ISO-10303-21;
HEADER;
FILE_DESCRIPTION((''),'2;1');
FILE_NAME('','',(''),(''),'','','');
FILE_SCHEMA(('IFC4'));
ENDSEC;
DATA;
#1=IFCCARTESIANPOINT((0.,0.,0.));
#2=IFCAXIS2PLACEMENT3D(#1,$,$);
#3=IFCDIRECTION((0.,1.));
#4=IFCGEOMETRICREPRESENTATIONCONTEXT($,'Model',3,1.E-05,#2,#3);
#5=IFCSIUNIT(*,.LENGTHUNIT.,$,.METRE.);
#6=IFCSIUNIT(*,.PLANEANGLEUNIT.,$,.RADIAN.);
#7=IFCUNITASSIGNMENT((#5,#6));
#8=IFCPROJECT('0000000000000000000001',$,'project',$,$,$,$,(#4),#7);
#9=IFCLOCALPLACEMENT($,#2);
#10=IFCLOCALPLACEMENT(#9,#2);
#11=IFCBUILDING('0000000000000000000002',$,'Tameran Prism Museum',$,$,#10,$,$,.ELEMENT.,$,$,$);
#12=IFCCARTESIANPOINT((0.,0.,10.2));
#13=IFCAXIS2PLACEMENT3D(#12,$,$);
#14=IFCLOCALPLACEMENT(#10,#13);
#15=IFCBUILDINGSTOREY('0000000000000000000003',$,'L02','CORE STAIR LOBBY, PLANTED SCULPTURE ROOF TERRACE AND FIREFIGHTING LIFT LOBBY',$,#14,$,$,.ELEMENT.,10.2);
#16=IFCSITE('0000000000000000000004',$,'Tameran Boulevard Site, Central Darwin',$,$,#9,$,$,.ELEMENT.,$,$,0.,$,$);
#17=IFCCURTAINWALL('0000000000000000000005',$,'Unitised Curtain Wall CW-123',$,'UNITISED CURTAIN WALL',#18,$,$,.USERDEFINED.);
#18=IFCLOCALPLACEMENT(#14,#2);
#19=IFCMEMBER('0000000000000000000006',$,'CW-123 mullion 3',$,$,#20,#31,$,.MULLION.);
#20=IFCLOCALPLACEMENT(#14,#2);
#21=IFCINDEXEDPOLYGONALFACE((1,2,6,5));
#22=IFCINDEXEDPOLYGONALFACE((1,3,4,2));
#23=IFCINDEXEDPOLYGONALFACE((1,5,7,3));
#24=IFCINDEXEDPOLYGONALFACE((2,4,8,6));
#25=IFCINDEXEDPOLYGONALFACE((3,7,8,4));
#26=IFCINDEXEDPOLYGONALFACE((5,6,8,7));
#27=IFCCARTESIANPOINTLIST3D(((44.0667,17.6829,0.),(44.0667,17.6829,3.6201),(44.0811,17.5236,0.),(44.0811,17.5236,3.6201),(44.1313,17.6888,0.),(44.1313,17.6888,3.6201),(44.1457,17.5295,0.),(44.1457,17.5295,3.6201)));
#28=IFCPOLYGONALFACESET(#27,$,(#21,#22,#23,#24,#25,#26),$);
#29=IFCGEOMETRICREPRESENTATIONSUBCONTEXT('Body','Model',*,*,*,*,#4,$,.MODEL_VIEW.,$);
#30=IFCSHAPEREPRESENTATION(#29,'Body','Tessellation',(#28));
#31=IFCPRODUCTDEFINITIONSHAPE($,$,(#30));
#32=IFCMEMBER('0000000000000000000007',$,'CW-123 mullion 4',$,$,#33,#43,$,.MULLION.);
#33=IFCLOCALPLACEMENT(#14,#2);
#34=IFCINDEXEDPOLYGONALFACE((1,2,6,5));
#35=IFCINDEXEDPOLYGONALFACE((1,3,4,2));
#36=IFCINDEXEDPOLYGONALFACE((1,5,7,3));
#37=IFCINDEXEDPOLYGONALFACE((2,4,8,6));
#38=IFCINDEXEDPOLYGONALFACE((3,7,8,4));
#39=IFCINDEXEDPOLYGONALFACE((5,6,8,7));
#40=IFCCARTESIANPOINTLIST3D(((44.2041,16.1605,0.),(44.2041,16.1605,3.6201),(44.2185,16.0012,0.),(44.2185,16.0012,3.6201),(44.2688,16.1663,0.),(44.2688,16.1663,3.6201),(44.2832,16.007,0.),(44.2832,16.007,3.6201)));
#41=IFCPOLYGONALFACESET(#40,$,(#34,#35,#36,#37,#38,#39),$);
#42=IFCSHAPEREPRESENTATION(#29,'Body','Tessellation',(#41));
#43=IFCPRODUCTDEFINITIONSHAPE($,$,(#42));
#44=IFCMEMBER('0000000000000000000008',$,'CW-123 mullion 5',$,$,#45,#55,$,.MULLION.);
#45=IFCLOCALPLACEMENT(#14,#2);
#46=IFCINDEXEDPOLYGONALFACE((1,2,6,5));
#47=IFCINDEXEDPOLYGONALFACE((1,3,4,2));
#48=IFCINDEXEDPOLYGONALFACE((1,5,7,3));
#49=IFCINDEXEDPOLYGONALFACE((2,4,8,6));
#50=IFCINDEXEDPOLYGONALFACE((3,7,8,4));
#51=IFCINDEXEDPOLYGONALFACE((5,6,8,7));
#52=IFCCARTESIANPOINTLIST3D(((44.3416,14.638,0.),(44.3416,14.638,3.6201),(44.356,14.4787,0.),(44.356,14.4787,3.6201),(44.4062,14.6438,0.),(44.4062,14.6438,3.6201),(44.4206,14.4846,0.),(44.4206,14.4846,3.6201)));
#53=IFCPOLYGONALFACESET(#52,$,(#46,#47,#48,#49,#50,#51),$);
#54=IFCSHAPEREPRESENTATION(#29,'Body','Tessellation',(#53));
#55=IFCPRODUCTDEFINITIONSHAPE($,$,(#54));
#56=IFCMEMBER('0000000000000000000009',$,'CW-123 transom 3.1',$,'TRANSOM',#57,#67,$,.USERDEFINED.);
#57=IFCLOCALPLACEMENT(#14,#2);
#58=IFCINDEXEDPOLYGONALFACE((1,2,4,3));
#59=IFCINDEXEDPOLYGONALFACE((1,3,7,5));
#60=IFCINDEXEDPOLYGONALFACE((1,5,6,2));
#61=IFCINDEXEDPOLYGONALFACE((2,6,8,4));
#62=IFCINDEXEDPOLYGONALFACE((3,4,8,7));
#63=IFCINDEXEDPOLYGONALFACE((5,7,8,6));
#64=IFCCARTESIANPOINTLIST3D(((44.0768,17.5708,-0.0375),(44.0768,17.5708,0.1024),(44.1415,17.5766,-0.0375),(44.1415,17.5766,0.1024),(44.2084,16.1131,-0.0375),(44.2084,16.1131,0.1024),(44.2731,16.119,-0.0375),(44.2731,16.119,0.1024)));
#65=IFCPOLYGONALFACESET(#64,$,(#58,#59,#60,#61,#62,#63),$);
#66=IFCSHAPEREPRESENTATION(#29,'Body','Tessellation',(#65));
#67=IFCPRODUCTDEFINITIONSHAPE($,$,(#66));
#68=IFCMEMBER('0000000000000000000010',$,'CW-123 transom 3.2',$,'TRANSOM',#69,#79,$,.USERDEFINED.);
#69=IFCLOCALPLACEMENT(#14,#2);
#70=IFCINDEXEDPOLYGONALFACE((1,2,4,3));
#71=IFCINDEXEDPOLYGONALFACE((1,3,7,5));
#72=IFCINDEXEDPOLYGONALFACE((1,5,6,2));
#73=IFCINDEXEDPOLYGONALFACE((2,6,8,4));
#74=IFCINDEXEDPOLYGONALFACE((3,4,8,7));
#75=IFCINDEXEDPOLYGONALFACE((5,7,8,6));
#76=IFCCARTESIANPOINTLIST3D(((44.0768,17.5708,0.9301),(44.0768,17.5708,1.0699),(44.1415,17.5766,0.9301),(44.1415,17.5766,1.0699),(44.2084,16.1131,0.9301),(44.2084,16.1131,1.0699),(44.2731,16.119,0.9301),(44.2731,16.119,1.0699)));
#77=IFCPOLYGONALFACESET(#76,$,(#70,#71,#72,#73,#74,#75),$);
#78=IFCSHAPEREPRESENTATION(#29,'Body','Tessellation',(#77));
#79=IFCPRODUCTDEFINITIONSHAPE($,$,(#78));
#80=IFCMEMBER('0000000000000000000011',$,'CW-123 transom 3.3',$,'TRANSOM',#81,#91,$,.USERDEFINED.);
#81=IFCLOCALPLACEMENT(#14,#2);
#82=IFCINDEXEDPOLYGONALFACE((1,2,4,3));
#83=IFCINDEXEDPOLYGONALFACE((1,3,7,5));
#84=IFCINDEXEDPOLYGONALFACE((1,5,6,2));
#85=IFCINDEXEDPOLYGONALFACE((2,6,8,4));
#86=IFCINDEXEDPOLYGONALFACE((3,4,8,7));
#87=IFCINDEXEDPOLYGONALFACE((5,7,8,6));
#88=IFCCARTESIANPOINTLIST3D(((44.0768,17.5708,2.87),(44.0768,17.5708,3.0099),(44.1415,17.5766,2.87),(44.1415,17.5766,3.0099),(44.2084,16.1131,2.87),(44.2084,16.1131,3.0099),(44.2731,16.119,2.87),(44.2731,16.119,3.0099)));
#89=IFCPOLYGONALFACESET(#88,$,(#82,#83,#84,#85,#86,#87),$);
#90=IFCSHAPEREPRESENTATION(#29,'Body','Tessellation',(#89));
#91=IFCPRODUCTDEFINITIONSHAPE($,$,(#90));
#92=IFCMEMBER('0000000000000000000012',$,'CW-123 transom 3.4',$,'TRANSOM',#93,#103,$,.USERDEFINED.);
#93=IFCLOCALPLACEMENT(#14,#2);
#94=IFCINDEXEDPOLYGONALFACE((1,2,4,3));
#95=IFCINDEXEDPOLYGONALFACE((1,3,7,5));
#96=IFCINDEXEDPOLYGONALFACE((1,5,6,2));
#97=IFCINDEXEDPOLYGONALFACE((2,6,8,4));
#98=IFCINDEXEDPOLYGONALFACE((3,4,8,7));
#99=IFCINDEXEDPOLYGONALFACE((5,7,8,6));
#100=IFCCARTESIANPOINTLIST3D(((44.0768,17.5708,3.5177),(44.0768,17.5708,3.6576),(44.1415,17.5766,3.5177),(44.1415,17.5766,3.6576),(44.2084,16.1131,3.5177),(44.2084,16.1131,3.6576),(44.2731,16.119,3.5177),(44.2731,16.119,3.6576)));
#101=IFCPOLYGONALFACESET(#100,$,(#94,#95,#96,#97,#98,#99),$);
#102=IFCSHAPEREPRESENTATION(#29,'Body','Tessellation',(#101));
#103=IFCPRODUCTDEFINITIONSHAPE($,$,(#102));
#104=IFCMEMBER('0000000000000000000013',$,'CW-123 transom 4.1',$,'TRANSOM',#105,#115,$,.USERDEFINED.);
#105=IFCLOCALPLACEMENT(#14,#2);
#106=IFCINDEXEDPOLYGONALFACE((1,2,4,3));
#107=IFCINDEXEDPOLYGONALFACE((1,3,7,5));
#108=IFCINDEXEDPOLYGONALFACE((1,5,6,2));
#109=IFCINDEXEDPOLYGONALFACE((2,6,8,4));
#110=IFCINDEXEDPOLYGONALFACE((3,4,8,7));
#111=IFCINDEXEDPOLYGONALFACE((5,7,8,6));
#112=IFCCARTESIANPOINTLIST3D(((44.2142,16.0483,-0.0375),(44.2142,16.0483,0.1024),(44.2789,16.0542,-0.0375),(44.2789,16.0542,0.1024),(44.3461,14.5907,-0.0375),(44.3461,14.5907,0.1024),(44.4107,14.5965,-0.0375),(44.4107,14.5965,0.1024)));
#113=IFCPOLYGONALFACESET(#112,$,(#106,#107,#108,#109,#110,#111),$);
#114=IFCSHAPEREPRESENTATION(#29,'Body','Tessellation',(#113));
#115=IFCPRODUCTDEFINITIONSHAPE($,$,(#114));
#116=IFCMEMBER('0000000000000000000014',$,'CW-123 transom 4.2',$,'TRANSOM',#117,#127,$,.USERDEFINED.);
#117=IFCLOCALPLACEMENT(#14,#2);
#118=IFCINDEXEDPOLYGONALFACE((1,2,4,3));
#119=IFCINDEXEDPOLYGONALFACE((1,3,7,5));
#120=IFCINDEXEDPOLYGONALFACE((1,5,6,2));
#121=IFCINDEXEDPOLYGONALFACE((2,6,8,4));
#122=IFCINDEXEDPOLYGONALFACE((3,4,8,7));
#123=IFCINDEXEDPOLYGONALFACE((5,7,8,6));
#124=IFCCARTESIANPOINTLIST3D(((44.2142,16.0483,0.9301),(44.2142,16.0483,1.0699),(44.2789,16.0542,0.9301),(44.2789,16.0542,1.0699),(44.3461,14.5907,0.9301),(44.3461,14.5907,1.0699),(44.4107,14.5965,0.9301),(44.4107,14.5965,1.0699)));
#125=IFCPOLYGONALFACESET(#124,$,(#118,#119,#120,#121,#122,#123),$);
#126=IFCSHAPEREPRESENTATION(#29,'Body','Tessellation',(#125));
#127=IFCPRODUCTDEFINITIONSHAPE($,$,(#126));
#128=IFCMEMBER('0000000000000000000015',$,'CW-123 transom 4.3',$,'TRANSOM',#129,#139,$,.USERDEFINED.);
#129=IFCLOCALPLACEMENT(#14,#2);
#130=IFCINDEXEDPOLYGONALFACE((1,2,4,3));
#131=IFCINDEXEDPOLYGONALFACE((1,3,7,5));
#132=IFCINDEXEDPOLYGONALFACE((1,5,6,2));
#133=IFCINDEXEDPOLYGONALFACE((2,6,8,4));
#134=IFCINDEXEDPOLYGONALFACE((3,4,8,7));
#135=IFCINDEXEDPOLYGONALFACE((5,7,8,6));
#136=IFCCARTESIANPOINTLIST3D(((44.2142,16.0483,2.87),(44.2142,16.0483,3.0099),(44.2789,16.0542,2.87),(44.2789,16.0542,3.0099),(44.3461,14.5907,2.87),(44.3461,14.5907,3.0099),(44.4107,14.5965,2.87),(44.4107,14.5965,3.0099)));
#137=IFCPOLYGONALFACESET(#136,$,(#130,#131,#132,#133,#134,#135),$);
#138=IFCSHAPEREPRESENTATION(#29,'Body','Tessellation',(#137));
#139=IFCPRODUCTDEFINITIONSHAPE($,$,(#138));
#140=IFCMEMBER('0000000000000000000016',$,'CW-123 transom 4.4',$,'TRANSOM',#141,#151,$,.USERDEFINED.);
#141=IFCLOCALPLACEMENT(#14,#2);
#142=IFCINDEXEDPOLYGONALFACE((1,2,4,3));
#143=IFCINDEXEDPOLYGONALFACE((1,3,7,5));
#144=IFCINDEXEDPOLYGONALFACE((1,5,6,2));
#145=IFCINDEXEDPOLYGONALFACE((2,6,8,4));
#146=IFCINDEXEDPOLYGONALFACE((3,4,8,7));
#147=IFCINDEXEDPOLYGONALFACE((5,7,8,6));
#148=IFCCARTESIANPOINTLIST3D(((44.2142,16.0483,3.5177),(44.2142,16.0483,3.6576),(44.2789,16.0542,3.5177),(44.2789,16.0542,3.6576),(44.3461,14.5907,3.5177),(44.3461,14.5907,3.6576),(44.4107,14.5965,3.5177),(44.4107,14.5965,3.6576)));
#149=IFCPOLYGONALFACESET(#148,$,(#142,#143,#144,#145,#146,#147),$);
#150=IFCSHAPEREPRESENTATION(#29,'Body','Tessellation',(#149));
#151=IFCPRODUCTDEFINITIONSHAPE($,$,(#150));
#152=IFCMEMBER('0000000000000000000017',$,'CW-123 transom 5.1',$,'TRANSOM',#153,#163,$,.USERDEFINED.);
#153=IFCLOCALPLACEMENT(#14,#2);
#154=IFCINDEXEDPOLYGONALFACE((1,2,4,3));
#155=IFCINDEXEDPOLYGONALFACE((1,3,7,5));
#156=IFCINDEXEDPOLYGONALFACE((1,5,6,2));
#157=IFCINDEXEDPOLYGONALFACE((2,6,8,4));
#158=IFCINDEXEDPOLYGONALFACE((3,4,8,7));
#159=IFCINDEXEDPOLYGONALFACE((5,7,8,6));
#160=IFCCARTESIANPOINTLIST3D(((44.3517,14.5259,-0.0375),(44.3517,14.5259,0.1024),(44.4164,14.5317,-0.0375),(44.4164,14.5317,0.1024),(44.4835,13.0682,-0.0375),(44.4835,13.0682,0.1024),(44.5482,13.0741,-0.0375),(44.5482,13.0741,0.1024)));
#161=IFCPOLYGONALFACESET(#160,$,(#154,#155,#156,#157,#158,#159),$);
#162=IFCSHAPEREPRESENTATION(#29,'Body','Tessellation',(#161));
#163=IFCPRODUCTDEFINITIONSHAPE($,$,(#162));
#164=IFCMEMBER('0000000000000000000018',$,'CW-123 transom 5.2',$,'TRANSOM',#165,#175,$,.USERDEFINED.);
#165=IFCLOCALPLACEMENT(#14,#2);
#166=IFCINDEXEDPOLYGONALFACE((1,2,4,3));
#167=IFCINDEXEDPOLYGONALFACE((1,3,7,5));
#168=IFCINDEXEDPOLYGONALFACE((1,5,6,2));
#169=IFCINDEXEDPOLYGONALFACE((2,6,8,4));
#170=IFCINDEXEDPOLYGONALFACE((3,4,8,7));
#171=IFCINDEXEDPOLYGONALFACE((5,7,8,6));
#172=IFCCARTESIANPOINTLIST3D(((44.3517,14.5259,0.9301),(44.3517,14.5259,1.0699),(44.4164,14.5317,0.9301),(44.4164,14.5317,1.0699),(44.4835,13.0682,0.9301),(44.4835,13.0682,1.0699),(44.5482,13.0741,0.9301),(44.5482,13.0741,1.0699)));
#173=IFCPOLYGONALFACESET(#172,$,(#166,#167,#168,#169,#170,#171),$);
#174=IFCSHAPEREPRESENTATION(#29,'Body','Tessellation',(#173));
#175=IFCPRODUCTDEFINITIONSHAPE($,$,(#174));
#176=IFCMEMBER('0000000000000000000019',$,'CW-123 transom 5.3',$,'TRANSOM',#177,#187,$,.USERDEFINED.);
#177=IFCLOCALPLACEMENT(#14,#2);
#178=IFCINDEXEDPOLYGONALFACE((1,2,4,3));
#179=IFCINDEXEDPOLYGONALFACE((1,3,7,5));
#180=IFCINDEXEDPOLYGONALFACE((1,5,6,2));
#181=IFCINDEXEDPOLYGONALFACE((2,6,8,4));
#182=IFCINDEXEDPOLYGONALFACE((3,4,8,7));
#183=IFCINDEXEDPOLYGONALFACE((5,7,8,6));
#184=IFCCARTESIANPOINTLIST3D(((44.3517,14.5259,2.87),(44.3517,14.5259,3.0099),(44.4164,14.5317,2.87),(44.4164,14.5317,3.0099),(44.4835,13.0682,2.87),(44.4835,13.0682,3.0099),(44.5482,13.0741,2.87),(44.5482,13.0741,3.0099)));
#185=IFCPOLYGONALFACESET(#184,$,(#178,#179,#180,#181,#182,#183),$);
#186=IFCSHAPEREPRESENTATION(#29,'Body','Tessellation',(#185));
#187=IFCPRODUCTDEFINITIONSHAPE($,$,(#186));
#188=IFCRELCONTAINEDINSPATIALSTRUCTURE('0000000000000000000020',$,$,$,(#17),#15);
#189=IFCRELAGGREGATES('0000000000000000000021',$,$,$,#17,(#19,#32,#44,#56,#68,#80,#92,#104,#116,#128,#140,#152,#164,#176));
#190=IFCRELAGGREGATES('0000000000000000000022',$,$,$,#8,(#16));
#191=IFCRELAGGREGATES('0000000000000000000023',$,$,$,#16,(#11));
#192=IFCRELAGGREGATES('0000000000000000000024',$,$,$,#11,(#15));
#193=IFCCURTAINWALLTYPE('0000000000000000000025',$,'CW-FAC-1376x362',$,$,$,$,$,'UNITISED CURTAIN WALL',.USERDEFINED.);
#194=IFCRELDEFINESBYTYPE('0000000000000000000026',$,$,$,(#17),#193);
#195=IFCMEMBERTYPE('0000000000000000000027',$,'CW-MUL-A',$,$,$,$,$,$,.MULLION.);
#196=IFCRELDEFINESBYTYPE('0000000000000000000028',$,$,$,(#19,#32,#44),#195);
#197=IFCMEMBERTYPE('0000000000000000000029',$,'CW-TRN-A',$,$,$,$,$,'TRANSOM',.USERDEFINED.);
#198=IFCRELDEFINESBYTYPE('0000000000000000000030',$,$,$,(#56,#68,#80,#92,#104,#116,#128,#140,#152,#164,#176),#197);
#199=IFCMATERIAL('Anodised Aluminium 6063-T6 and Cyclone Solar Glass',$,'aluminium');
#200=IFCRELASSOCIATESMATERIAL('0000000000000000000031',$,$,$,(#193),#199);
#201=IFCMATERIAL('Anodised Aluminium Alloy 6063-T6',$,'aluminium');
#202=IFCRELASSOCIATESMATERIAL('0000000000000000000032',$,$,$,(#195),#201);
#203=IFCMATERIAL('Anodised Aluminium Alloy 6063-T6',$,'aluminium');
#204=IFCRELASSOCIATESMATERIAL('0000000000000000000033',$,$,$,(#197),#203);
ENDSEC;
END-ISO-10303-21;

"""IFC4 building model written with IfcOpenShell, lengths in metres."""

from ifc_helpers import new_model, si_unit, direction, frame, origin, origin_2d, place, context, subcontext, project, spatial, rectangle, extrude, material, material_profile, profile_set, type_object, element, aggregate, save


model = new_model("IFC4")

# Units and contexts
model_context = context("Model", 3, precision=1e-05, world=origin(), true_north=direction((0.0, 1.0)))
body_context = subcontext(model_context, "Body", "Model", "MODEL_VIEW")
ifc_project = project(units=[si_unit("LENGTHUNIT", "METRE"), si_unit("PLANEANGLEUNIT", "RADIAN")], contexts=[model_context])

# Site, building, storey
site_placement = place(None, origin())
site = spatial("IfcSite", under=ifc_project, at=site_placement, Name="Tameran Boulevard Site, Central Darwin", CompositionType="ELEMENT", RefElevation=0.0)
building_placement = place(site_placement, origin())
building = spatial("IfcBuilding", under=site, at=building_placement, Name="Tameran Prism Museum", CompositionType="ELEMENT")
storey_placement = place(building_placement, frame((0.0, 0.0, 10.2)))
storey = spatial("IfcBuildingStorey", under=building, at=storey_placement, Name="L02", Description="CORE STAIR LOBBY, PLANTED SCULPTURE ROOF TERRACE AND FIREFIGHTING LIFT LOBBY", CompositionType="ELEMENT", Elevation=10.2)

# Curtain wall, members
ifc_material_1 = material(Name="Anodised Aluminium 6063-T6 and Cyclone Solar Glass", Category="aluminium")
curtain_wall_type = type_object("IfcCurtainWallType", Name="CW-FAC-1376x362", ElementType="UNITISED CURTAIN WALL", PredefinedType="USERDEFINED", material=ifc_material_1)
curtain_wall_placement = place(storey_placement, origin())
curtain_wall = element("IfcCurtainWall", 1, at=curtain_wall_placement, inside=storey, type_object=curtain_wall_type, Name="Unitised Curtain Wall CW-123", ObjectType="UNITISED CURTAIN WALL", PredefinedType="USERDEFINED")
ifc_material_2 = material(Name="Anodised Aluminium Alloy 6063-T6", Category="aluminium")
ifc_material_profile_1 = material_profile(ifc_material_2, rectangle(XDim=0.0649, YDim=0.1599, at=origin_2d()))
ifc_profile_set_1 = profile_set([ifc_material_profile_1])
member_type_1 = type_object("IfcMemberType", Name="CW-MUL-A", PredefinedType="MULLION", material=ifc_profile_set_1)
member_1_placement = place(storey_placement, frame((44.1062, 17.6062, 0.0), z_axis=(0.0, 0.0, 1.0), x_axis=(0.995943, 0.089985, 0.0)))
member_1 = element("IfcMember", 2, at=member_1_placement, type_object=member_type_1, Name="CW-123 mullion 3", PredefinedType="MULLION", context=body_context, shape_type="SweptSolid", body=[
    extrude(rectangle(XDim=0.0649, YDim=0.1599, at=origin_2d()), origin(), (0.0, 0.0, 1.0), 3.6201),
])
member_2_placement = place(storey_placement, frame((44.2437, 16.0837, 0.0), z_axis=(0.0, 0.0, 1.0), x_axis=(0.995943, 0.089985, 0.0)))
member_2 = element("IfcMember", 3, at=member_2_placement, type_object=member_type_1, Name="CW-123 mullion 4", PredefinedType="MULLION", context=body_context, shape_type="SweptSolid", body=[
    extrude(rectangle(XDim=0.0649, YDim=0.1599, at=origin_2d()), origin(), (0.0, 0.0, 1.0), 3.6201),
])
member_3_placement = place(storey_placement, frame((44.3811, 14.5613, 0.0), z_axis=(0.0, 0.0, 1.0), x_axis=(0.995943, 0.089985, 0.0)))
member_3 = element("IfcMember", 4, at=member_3_placement, type_object=member_type_1, Name="CW-123 mullion 5", PredefinedType="MULLION", context=body_context, shape_type="SweptSolid", body=[
    extrude(rectangle(XDim=0.0649, YDim=0.1599, at=origin_2d()), origin(), (0.0, 0.0, 1.0), 3.6201),
])
ifc_material_3 = material(Name="Anodised Aluminium Alloy 6063-T6", Category="aluminium")
ifc_material_profile_2 = material_profile(ifc_material_3, rectangle(XDim=0.0649, YDim=0.1399, at=origin_2d()))
ifc_profile_set_2 = profile_set([ifc_material_profile_2])
member_type_2 = type_object("IfcMemberType", Name="CW-TRN-A", ElementType="TRANSOM", PredefinedType="USERDEFINED", material=ifc_profile_set_2)
member_4_placement = place(storey_placement, frame((44.1091, 17.5737, 0.0325), z_axis=(0.089904, -0.99595, 0.0), x_axis=(0.99595, 0.089904, 0.0)))
member_4 = element("IfcMember", 5, at=member_4_placement, type_object=member_type_2, Name="CW-123 transom 3.1", ObjectType="TRANSOM", PredefinedType="USERDEFINED", context=body_context, shape_type="SweptSolid", body=[
    extrude(rectangle(XDim=0.0649, YDim=0.1399, at=origin_2d()), origin(), (0.0, 0.0, 1.0), 1.4636),
])
member_5_placement = place(storey_placement, frame((44.1091, 17.5737, 1.0), z_axis=(0.089904, -0.99595, 0.0), x_axis=(0.99595, 0.089904, 0.0)))
member_5 = element("IfcMember", 6, at=member_5_placement, type_object=member_type_2, Name="CW-123 transom 3.2", ObjectType="TRANSOM", PredefinedType="USERDEFINED", context=body_context, shape_type="SweptSolid", body=[
    extrude(rectangle(XDim=0.0649, YDim=0.1399, at=origin_2d()), origin(), (0.0, 0.0, 1.0), 1.4636),
])
member_6_placement = place(storey_placement, frame((44.1091, 17.5737, 2.9399), z_axis=(0.089904, -0.99595, 0.0), x_axis=(0.99595, 0.089904, 0.0)))
member_6 = element("IfcMember", 7, at=member_6_placement, type_object=member_type_2, Name="CW-123 transom 3.3", ObjectType="TRANSOM", PredefinedType="USERDEFINED", context=body_context, shape_type="SweptSolid", body=[
    extrude(rectangle(XDim=0.0649, YDim=0.1399, at=origin_2d()), origin(), (0.0, 0.0, 1.0), 1.4636),
])
member_7_placement = place(storey_placement, frame((44.1091, 17.5737, 3.5876), z_axis=(0.089904, -0.99595, 0.0), x_axis=(0.99595, 0.089904, 0.0)))
member_7 = element("IfcMember", 8, at=member_7_placement, type_object=member_type_2, Name="CW-123 transom 3.4", ObjectType="TRANSOM", PredefinedType="USERDEFINED", context=body_context, shape_type="SweptSolid", body=[
    extrude(rectangle(XDim=0.0649, YDim=0.1399, at=origin_2d()), origin(), (0.0, 0.0, 1.0), 1.4636),
])
member_8_placement = place(storey_placement, frame((44.2466, 16.0513, 0.0325), z_axis=(0.09007, -0.995935, 0.0), x_axis=(0.995935, 0.09007, 0.0)))
member_8 = element("IfcMember", 9, at=member_8_placement, type_object=member_type_2, Name="CW-123 transom 4.1", ObjectType="TRANSOM", PredefinedType="USERDEFINED", context=body_context, shape_type="SweptSolid", body=[
    extrude(rectangle(XDim=0.0649, YDim=0.1399, at=origin_2d()), origin(), (0.0, 0.0, 1.0), 1.4636),
])
member_9_placement = place(storey_placement, frame((44.2466, 16.0513, 1.0), z_axis=(0.09007, -0.995935, 0.0), x_axis=(0.995935, 0.09007, 0.0)))
member_9 = element("IfcMember", 10, at=member_9_placement, type_object=member_type_2, Name="CW-123 transom 4.2", ObjectType="TRANSOM", PredefinedType="USERDEFINED", context=body_context, shape_type="SweptSolid", body=[
    extrude(rectangle(XDim=0.0649, YDim=0.1399, at=origin_2d()), origin(), (0.0, 0.0, 1.0), 1.4636),
])
member_10_placement = place(storey_placement, frame((44.2466, 16.0513, 2.9399), z_axis=(0.09007, -0.995935, 0.0), x_axis=(0.995935, 0.09007, 0.0)))
member_10 = element("IfcMember", 11, at=member_10_placement, type_object=member_type_2, Name="CW-123 transom 4.3", ObjectType="TRANSOM", PredefinedType="USERDEFINED", context=body_context, shape_type="SweptSolid", body=[
    extrude(rectangle(XDim=0.0649, YDim=0.1399, at=origin_2d()), origin(), (0.0, 0.0, 1.0), 1.4636),
])
member_11_placement = place(storey_placement, frame((44.2466, 16.0513, 3.5876), z_axis=(0.09007, -0.995935, 0.0), x_axis=(0.995935, 0.09007, 0.0)))
member_11 = element("IfcMember", 12, at=member_11_placement, type_object=member_type_2, Name="CW-123 transom 4.4", ObjectType="TRANSOM", PredefinedType="USERDEFINED", context=body_context, shape_type="SweptSolid", body=[
    extrude(rectangle(XDim=0.0649, YDim=0.1399, at=origin_2d()), origin(), (0.0, 0.0, 1.0), 1.4636),
])
member_12_placement = place(storey_placement, frame((44.384, 14.5288, 0.0325), z_axis=(0.09007, -0.995935, 0.0), x_axis=(0.995935, 0.09007, 0.0)))
member_12 = element("IfcMember", 13, at=member_12_placement, type_object=member_type_2, Name="CW-123 transom 5.1", ObjectType="TRANSOM", PredefinedType="USERDEFINED", context=body_context, shape_type="SweptSolid", body=[
    extrude(rectangle(XDim=0.0649, YDim=0.1399, at=origin_2d()), origin(), (0.0, 0.0, 1.0), 1.4636),
])
member_13_placement = place(storey_placement, frame((44.384, 14.5288, 1.0), z_axis=(0.09007, -0.995935, 0.0), x_axis=(0.995935, 0.09007, 0.0)))
member_13 = element("IfcMember", 14, at=member_13_placement, type_object=member_type_2, Name="CW-123 transom 5.2", ObjectType="TRANSOM", PredefinedType="USERDEFINED", context=body_context, shape_type="SweptSolid", body=[
    extrude(rectangle(XDim=0.0649, YDim=0.1399, at=origin_2d()), origin(), (0.0, 0.0, 1.0), 1.4636),
])
member_14_placement = place(storey_placement, frame((44.384, 14.5288, 2.9399), z_axis=(0.09007, -0.995935, 0.0), x_axis=(0.995935, 0.09007, 0.0)))
member_14 = element("IfcMember", 15, at=member_14_placement, type_object=member_type_2, Name="CW-123 transom 5.3", ObjectType="TRANSOM", PredefinedType="USERDEFINED", context=body_context, shape_type="SweptSolid", body=[
    extrude(rectangle(XDim=0.0649, YDim=0.1399, at=origin_2d()), origin(), (0.0, 0.0, 1.0), 1.4636),
])
aggregate(curtain_wall, [member_1, member_2, member_3, member_4, member_5, member_6, member_7, member_8, member_9, member_10, member_11, member_12, member_13, member_14])

save(model, "model.ifc")
